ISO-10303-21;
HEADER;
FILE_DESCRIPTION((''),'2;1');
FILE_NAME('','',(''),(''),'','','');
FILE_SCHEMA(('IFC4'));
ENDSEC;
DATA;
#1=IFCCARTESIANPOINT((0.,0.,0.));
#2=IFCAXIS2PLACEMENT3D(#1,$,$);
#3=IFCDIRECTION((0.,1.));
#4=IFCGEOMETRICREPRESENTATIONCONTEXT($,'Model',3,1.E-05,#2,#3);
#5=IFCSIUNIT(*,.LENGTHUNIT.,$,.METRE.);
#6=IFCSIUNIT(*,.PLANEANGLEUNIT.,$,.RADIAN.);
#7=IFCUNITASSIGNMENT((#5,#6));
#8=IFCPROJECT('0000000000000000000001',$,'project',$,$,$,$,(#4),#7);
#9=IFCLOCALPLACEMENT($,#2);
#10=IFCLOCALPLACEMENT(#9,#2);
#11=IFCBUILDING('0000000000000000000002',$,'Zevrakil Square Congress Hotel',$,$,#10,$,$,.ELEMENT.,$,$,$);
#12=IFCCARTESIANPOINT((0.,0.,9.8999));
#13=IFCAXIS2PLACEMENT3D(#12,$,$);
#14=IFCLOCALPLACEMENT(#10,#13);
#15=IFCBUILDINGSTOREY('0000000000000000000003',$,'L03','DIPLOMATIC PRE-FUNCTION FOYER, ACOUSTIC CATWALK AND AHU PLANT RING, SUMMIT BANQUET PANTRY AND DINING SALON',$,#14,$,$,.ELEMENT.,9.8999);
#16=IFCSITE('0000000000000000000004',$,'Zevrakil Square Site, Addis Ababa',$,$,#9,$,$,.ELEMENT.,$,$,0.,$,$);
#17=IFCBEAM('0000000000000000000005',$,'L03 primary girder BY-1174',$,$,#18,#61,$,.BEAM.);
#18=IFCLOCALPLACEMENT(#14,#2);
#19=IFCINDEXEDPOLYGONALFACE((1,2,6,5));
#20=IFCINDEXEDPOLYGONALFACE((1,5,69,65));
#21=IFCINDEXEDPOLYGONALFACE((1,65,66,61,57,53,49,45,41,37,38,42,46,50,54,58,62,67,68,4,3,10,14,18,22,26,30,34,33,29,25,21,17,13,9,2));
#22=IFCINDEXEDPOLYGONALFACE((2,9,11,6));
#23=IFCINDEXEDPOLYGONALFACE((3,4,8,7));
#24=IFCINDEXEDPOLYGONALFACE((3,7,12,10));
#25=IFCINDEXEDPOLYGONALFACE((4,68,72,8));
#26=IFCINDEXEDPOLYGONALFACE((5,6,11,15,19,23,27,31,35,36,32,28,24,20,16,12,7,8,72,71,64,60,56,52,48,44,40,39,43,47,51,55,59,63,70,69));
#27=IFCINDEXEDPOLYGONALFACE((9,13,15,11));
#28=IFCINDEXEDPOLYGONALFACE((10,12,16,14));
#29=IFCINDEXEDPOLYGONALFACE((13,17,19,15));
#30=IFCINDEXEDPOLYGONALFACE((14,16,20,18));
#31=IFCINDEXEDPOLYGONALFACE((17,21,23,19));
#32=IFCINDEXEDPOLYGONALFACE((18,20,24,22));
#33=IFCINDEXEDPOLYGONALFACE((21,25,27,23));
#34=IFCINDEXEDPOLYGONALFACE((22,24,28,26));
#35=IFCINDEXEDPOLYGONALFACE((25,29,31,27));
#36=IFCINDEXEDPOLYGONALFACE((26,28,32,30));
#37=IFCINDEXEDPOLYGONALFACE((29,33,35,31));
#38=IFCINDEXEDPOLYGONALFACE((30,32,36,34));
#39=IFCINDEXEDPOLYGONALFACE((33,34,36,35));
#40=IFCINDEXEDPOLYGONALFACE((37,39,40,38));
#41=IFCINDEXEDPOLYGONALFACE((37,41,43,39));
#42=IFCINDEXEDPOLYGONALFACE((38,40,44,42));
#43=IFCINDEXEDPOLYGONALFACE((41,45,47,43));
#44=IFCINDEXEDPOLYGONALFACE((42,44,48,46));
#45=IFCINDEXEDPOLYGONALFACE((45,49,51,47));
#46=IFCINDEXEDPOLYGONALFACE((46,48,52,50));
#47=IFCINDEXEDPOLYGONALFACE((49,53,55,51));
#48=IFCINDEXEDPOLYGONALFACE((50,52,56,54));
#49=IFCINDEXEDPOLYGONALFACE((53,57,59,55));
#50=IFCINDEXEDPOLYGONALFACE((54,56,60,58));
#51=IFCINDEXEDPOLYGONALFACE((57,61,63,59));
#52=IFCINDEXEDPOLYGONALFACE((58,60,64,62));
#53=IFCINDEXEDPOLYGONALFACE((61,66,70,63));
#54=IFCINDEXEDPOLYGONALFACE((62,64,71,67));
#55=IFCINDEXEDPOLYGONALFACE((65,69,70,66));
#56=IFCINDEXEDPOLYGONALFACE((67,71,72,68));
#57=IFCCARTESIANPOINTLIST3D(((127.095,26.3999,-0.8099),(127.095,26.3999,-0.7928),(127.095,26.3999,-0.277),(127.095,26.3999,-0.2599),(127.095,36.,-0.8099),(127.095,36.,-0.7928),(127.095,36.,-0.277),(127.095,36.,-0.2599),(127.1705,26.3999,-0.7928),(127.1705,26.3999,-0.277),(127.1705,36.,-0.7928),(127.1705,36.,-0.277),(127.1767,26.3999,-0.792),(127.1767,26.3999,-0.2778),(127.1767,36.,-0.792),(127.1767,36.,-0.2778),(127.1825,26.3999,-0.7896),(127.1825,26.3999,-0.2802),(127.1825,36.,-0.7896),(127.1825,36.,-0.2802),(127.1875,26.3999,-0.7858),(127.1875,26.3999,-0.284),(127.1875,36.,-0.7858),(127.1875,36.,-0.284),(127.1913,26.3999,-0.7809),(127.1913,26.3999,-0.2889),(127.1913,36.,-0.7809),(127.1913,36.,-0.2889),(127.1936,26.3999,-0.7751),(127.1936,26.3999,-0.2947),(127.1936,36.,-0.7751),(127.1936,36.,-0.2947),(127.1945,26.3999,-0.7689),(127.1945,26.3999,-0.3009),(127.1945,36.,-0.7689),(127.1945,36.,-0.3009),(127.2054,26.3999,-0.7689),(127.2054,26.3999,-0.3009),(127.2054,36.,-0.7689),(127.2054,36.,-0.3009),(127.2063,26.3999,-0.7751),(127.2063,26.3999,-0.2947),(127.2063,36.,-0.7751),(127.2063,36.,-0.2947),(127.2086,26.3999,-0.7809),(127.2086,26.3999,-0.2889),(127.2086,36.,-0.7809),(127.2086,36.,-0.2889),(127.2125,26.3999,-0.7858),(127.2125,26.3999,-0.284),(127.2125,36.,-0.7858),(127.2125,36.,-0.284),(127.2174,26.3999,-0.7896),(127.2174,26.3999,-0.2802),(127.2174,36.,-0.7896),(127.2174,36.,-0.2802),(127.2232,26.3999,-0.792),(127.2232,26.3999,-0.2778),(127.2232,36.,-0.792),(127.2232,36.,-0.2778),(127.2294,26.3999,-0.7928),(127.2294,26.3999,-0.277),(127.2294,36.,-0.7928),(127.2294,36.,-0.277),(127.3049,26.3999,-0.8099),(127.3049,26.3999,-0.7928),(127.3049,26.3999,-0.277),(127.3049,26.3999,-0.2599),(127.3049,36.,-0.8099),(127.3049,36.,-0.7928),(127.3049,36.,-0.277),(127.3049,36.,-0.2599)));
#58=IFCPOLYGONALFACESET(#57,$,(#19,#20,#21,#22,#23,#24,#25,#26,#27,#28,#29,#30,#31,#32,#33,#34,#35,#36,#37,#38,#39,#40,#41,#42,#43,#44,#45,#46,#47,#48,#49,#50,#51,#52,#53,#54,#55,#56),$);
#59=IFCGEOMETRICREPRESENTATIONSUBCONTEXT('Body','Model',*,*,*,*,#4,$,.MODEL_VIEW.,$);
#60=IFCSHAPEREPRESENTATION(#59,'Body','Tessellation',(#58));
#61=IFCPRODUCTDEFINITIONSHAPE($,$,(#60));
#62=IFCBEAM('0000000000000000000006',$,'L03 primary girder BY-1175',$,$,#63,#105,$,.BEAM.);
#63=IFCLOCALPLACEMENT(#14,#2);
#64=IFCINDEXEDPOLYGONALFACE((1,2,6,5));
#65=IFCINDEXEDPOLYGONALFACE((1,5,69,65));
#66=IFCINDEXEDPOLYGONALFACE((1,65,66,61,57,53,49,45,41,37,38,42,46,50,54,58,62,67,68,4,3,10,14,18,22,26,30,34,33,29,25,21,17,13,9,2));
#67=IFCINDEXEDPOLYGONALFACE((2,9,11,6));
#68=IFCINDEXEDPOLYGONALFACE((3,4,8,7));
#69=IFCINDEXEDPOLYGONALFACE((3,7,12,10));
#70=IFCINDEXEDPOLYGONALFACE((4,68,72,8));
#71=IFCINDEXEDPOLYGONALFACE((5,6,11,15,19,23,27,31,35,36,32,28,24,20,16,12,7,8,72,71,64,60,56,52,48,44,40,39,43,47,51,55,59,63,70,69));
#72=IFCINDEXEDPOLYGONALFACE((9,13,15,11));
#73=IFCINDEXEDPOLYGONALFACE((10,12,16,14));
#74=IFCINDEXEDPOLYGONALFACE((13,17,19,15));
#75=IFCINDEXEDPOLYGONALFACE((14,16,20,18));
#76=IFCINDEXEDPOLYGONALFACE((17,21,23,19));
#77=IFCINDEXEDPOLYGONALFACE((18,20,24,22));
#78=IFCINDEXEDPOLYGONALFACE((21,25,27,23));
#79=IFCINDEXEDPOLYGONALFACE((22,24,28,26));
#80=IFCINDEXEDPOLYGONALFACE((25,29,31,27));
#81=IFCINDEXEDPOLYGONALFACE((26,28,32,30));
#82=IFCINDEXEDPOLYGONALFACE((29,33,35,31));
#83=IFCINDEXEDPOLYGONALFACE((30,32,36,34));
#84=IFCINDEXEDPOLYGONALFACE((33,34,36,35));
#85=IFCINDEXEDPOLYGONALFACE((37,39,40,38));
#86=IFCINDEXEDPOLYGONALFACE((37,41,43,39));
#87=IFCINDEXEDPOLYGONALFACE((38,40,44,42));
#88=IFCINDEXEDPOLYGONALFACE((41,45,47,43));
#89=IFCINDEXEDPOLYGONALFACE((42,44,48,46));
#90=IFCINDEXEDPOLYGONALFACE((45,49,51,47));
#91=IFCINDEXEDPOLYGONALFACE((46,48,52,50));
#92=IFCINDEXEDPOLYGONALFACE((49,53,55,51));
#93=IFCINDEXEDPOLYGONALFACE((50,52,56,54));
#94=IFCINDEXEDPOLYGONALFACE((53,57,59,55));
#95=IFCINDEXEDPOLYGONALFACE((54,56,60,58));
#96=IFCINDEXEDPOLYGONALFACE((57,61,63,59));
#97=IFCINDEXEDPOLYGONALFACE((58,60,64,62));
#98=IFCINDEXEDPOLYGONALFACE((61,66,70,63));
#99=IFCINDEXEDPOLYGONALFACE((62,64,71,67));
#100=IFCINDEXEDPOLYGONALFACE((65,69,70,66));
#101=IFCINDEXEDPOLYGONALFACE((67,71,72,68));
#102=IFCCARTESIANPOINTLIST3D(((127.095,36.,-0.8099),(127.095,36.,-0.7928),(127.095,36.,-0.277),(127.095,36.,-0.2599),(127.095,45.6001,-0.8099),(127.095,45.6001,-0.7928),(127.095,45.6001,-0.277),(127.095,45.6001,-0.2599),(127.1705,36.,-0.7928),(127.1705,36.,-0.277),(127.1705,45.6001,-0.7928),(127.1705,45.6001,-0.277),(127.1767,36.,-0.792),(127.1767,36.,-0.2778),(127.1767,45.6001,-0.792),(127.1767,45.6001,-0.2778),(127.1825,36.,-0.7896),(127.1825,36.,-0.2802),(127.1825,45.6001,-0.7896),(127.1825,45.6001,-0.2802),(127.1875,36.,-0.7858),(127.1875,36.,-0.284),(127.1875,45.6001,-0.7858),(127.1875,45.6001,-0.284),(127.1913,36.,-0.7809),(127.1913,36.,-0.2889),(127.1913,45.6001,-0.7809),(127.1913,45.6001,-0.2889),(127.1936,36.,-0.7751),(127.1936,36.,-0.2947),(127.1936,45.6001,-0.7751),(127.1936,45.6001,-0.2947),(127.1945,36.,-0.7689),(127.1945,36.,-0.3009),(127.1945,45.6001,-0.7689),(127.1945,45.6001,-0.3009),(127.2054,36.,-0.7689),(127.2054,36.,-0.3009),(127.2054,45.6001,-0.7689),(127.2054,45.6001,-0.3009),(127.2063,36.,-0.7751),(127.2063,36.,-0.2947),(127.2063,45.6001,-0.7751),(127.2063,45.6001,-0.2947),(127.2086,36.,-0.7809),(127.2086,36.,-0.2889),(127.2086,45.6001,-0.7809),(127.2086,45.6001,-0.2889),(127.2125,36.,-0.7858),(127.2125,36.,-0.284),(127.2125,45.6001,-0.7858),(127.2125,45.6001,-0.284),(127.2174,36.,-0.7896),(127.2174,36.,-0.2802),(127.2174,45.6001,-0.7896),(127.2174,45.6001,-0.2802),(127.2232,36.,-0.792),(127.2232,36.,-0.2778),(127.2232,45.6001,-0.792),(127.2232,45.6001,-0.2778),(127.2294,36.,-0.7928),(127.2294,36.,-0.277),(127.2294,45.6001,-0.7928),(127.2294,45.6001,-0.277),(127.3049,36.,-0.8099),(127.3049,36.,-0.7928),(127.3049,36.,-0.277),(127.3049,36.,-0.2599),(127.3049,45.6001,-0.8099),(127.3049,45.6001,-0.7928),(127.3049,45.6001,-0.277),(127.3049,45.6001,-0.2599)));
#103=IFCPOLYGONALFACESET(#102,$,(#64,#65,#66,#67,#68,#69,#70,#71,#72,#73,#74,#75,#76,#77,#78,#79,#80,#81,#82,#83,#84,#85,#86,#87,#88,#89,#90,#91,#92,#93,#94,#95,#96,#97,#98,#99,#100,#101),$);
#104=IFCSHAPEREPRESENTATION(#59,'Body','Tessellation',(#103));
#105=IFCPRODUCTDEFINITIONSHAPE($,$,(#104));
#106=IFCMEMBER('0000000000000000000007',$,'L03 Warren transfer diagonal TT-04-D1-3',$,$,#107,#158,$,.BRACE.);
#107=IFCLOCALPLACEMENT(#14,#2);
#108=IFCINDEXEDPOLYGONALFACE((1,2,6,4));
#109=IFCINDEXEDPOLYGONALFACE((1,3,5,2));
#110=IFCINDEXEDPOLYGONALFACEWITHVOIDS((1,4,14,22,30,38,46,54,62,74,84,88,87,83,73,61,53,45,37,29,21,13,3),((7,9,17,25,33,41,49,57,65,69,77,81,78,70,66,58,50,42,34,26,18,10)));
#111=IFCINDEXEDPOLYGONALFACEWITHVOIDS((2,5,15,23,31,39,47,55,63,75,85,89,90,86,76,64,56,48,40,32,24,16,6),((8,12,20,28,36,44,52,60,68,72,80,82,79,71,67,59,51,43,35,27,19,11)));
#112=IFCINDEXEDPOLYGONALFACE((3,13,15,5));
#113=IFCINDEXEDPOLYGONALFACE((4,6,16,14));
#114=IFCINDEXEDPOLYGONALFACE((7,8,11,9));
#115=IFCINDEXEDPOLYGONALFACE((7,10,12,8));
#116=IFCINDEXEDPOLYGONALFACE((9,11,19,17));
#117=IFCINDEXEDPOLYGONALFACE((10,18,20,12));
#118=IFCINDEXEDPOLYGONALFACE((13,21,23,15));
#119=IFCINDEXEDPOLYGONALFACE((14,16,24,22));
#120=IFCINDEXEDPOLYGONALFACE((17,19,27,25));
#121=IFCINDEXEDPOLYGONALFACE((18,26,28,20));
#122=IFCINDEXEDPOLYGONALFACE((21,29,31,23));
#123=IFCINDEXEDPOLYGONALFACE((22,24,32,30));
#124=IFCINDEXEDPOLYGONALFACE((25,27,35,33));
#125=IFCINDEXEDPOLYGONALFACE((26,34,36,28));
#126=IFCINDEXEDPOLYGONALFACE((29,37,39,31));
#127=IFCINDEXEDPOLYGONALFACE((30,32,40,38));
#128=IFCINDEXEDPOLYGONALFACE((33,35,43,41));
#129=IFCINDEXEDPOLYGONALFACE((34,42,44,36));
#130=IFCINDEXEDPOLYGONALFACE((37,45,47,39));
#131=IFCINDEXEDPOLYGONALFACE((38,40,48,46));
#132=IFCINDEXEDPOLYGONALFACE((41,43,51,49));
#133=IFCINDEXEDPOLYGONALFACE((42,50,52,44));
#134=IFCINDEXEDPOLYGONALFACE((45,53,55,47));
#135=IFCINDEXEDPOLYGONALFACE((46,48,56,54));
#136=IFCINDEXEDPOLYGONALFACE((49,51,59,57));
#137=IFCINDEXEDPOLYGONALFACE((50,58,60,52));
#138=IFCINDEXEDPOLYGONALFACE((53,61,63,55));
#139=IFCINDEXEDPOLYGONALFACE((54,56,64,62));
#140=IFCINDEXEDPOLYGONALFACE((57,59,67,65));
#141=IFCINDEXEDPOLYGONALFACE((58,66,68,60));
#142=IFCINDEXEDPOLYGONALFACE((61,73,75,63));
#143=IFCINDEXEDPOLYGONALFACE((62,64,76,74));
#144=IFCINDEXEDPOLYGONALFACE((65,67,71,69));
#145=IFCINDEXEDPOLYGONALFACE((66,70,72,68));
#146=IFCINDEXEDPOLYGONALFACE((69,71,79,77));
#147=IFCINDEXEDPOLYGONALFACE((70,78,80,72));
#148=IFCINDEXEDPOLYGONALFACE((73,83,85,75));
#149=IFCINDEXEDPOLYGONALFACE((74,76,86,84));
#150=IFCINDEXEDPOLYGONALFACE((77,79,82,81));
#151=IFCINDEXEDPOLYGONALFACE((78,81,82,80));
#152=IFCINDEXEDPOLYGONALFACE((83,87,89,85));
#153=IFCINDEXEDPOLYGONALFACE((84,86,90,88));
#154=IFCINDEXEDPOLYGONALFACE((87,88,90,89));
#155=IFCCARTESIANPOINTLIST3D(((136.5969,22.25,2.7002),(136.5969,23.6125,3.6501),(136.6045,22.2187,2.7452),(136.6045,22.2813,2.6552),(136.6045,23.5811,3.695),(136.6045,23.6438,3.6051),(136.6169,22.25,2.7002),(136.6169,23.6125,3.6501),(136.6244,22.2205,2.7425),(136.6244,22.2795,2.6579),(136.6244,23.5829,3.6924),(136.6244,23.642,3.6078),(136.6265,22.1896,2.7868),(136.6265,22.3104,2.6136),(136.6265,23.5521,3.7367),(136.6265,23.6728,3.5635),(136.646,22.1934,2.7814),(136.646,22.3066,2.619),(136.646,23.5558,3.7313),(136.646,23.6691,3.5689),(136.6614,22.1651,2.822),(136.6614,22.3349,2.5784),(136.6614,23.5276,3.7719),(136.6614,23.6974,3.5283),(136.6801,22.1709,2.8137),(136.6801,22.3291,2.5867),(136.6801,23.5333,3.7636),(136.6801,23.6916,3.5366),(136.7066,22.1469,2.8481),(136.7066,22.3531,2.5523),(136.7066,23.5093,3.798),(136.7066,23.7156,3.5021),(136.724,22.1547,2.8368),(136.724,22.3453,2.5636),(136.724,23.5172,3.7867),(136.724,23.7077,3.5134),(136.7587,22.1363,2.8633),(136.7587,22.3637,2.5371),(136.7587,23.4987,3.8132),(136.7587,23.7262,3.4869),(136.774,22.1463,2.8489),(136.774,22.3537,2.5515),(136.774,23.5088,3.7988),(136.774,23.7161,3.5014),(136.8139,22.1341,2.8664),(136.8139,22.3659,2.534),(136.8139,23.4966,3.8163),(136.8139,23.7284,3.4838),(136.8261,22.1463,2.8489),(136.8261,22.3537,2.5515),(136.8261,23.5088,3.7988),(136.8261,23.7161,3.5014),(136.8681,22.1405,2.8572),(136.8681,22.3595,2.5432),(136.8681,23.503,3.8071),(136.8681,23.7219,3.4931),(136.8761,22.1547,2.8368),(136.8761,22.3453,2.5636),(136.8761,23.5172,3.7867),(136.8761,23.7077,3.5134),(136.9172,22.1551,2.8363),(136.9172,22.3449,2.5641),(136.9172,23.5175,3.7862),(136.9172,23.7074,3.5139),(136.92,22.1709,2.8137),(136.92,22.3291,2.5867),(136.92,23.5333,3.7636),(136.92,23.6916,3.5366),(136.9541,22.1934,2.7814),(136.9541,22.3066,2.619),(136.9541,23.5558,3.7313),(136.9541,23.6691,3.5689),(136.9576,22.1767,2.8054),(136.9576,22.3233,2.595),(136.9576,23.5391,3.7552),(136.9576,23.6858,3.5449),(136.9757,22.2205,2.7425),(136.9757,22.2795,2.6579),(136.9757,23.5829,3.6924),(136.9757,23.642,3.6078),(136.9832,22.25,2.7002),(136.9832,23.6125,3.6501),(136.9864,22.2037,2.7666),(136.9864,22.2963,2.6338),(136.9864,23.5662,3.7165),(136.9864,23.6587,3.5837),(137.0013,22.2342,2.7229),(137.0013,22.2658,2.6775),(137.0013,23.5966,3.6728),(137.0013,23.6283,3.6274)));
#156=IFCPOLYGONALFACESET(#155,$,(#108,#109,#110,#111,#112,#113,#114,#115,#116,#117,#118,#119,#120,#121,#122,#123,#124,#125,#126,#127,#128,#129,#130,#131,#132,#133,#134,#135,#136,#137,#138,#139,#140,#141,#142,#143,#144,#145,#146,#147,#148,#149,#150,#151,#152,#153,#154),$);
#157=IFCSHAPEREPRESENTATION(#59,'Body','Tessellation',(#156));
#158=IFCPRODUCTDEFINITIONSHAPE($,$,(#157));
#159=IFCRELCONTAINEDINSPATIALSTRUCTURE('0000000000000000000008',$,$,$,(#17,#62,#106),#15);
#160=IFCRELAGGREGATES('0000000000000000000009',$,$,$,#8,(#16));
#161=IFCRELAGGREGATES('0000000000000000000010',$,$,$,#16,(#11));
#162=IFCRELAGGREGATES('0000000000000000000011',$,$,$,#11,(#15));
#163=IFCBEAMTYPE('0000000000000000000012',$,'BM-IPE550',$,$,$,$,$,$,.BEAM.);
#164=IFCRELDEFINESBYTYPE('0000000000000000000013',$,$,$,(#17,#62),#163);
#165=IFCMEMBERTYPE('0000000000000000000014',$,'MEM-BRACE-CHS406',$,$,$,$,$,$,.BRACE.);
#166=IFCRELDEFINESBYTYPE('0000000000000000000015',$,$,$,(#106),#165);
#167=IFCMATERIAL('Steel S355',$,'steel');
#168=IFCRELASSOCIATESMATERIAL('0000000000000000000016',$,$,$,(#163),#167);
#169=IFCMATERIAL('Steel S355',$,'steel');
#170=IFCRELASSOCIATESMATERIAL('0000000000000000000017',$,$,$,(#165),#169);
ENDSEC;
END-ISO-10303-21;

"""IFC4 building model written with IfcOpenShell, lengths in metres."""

from ifc_helpers import new_model, si_unit, direction, frame, origin, origin_2d, place, context, subcontext, project, spatial, hollow_circle, i_section, extrude, material, material_profile, profile_set, type_object, element, save


model = new_model("IFC4")

# Units and contexts
model_context = context("Model", 3, precision=1e-05, world=origin(), true_north=direction((0.0, 1.0)))
body_context = subcontext(model_context, "Body", "Model", "MODEL_VIEW")
ifc_project = project(units=[si_unit("LENGTHUNIT", "METRE"), si_unit("PLANEANGLEUNIT", "RADIAN")], contexts=[model_context])

# Site, building, storey
site_placement = place(None, origin())
site = spatial("IfcSite", under=ifc_project, at=site_placement, Name="Zevrakil Square Site, Addis Ababa", CompositionType="ELEMENT", RefElevation=0.0)
building_placement = place(site_placement, origin())
building = spatial("IfcBuilding", under=site, at=building_placement, Name="Zevrakil Square Congress Hotel", CompositionType="ELEMENT")
storey_placement = place(building_placement, frame((0.0, 0.0, 9.8999)))
storey = spatial("IfcBuildingStorey", under=building, at=storey_placement, Name="L03", Description="DIPLOMATIC PRE-FUNCTION FOYER, ACOUSTIC CATWALK AND AHU PLANT RING, SUMMIT BANQUET PANTRY AND DINING SALON", CompositionType="ELEMENT", Elevation=9.8999)

# Beams
ifc_material_1 = material(Name="Steel S355", Category="steel")
ifc_material_profile_1 = material_profile(ifc_material_1, i_section(OverallWidth=0.21, OverallDepth=0.55, WebThickness=0.011, FlangeThickness=0.0171, FilletRadius=0.0239, at=origin_2d()), Name="IPE 550")
ifc_profile_set_1 = profile_set([ifc_material_profile_1], Name="Steel S355")
beam_type_1 = type_object("IfcBeamType", Name="BM-IPE550", PredefinedType="BEAM", material=ifc_profile_set_1)
for number, where, z_axis, x_axis, name in (
    (1, (127.2, 26.3999, -0.5349), (0.0, 1.0, 0.0), (-1.0, 0.0, 0.0), "L03 primary girder BY-1174"),
    (2, (127.2, 36.0, -0.5349), (0.0, 1.0, 0.0), (-1.0, 0.0, 0.0), "L03 primary girder BY-1175"),
):
    element("IfcBeam", number, at=place(storey_placement, frame(where, z_axis=z_axis, x_axis=x_axis)), inside=storey, type_object=beam_type_1, Name=name, PredefinedType="BEAM", context=body_context, shape_type="SweptSolid", body=[
        extrude(i_section(OverallWidth=0.21, OverallDepth=0.55, WebThickness=0.011, FlangeThickness=0.0171, FilletRadius=0.0239, at=origin_2d()), origin(), (0.0, 0.0, 1.0), 9.6001),
    ])

# Member
ifc_material_2 = material(Name="Steel S355", Category="steel")
ifc_material_profile_2 = material_profile(ifc_material_2, hollow_circle(Radius=0.2031, WallThickness=0.02, at=origin_2d()), Name="CHS 406.4x20")
ifc_profile_set_2 = profile_set([ifc_material_profile_2], Name="Steel S355")
member_type = type_object("IfcMemberType", Name="MEM-BRACE-CHS406", PredefinedType="BRACE", material=ifc_profile_set_2)
for number, where, z_axis, x_axis, name in (
    (3, (136.8, 22.25, 2.7002), (0.0, 0.820315, 0.571913), (-1.0, 0.0, 0.0), "L03 Warren transfer diagonal TT-04-D1-3"),
):
    element("IfcMember", number, at=place(storey_placement, frame(where, z_axis=z_axis, x_axis=x_axis)), inside=storey, type_object=member_type, Name=name, PredefinedType="BRACE", context=body_context, shape_type="SweptSolid", body=[
        extrude(hollow_circle(Radius=0.2031, WallThickness=0.02, at=origin_2d()), origin(), (0.0, 0.0, 1.0), 1.6609),
    ])

save(model, "model.ifc")
